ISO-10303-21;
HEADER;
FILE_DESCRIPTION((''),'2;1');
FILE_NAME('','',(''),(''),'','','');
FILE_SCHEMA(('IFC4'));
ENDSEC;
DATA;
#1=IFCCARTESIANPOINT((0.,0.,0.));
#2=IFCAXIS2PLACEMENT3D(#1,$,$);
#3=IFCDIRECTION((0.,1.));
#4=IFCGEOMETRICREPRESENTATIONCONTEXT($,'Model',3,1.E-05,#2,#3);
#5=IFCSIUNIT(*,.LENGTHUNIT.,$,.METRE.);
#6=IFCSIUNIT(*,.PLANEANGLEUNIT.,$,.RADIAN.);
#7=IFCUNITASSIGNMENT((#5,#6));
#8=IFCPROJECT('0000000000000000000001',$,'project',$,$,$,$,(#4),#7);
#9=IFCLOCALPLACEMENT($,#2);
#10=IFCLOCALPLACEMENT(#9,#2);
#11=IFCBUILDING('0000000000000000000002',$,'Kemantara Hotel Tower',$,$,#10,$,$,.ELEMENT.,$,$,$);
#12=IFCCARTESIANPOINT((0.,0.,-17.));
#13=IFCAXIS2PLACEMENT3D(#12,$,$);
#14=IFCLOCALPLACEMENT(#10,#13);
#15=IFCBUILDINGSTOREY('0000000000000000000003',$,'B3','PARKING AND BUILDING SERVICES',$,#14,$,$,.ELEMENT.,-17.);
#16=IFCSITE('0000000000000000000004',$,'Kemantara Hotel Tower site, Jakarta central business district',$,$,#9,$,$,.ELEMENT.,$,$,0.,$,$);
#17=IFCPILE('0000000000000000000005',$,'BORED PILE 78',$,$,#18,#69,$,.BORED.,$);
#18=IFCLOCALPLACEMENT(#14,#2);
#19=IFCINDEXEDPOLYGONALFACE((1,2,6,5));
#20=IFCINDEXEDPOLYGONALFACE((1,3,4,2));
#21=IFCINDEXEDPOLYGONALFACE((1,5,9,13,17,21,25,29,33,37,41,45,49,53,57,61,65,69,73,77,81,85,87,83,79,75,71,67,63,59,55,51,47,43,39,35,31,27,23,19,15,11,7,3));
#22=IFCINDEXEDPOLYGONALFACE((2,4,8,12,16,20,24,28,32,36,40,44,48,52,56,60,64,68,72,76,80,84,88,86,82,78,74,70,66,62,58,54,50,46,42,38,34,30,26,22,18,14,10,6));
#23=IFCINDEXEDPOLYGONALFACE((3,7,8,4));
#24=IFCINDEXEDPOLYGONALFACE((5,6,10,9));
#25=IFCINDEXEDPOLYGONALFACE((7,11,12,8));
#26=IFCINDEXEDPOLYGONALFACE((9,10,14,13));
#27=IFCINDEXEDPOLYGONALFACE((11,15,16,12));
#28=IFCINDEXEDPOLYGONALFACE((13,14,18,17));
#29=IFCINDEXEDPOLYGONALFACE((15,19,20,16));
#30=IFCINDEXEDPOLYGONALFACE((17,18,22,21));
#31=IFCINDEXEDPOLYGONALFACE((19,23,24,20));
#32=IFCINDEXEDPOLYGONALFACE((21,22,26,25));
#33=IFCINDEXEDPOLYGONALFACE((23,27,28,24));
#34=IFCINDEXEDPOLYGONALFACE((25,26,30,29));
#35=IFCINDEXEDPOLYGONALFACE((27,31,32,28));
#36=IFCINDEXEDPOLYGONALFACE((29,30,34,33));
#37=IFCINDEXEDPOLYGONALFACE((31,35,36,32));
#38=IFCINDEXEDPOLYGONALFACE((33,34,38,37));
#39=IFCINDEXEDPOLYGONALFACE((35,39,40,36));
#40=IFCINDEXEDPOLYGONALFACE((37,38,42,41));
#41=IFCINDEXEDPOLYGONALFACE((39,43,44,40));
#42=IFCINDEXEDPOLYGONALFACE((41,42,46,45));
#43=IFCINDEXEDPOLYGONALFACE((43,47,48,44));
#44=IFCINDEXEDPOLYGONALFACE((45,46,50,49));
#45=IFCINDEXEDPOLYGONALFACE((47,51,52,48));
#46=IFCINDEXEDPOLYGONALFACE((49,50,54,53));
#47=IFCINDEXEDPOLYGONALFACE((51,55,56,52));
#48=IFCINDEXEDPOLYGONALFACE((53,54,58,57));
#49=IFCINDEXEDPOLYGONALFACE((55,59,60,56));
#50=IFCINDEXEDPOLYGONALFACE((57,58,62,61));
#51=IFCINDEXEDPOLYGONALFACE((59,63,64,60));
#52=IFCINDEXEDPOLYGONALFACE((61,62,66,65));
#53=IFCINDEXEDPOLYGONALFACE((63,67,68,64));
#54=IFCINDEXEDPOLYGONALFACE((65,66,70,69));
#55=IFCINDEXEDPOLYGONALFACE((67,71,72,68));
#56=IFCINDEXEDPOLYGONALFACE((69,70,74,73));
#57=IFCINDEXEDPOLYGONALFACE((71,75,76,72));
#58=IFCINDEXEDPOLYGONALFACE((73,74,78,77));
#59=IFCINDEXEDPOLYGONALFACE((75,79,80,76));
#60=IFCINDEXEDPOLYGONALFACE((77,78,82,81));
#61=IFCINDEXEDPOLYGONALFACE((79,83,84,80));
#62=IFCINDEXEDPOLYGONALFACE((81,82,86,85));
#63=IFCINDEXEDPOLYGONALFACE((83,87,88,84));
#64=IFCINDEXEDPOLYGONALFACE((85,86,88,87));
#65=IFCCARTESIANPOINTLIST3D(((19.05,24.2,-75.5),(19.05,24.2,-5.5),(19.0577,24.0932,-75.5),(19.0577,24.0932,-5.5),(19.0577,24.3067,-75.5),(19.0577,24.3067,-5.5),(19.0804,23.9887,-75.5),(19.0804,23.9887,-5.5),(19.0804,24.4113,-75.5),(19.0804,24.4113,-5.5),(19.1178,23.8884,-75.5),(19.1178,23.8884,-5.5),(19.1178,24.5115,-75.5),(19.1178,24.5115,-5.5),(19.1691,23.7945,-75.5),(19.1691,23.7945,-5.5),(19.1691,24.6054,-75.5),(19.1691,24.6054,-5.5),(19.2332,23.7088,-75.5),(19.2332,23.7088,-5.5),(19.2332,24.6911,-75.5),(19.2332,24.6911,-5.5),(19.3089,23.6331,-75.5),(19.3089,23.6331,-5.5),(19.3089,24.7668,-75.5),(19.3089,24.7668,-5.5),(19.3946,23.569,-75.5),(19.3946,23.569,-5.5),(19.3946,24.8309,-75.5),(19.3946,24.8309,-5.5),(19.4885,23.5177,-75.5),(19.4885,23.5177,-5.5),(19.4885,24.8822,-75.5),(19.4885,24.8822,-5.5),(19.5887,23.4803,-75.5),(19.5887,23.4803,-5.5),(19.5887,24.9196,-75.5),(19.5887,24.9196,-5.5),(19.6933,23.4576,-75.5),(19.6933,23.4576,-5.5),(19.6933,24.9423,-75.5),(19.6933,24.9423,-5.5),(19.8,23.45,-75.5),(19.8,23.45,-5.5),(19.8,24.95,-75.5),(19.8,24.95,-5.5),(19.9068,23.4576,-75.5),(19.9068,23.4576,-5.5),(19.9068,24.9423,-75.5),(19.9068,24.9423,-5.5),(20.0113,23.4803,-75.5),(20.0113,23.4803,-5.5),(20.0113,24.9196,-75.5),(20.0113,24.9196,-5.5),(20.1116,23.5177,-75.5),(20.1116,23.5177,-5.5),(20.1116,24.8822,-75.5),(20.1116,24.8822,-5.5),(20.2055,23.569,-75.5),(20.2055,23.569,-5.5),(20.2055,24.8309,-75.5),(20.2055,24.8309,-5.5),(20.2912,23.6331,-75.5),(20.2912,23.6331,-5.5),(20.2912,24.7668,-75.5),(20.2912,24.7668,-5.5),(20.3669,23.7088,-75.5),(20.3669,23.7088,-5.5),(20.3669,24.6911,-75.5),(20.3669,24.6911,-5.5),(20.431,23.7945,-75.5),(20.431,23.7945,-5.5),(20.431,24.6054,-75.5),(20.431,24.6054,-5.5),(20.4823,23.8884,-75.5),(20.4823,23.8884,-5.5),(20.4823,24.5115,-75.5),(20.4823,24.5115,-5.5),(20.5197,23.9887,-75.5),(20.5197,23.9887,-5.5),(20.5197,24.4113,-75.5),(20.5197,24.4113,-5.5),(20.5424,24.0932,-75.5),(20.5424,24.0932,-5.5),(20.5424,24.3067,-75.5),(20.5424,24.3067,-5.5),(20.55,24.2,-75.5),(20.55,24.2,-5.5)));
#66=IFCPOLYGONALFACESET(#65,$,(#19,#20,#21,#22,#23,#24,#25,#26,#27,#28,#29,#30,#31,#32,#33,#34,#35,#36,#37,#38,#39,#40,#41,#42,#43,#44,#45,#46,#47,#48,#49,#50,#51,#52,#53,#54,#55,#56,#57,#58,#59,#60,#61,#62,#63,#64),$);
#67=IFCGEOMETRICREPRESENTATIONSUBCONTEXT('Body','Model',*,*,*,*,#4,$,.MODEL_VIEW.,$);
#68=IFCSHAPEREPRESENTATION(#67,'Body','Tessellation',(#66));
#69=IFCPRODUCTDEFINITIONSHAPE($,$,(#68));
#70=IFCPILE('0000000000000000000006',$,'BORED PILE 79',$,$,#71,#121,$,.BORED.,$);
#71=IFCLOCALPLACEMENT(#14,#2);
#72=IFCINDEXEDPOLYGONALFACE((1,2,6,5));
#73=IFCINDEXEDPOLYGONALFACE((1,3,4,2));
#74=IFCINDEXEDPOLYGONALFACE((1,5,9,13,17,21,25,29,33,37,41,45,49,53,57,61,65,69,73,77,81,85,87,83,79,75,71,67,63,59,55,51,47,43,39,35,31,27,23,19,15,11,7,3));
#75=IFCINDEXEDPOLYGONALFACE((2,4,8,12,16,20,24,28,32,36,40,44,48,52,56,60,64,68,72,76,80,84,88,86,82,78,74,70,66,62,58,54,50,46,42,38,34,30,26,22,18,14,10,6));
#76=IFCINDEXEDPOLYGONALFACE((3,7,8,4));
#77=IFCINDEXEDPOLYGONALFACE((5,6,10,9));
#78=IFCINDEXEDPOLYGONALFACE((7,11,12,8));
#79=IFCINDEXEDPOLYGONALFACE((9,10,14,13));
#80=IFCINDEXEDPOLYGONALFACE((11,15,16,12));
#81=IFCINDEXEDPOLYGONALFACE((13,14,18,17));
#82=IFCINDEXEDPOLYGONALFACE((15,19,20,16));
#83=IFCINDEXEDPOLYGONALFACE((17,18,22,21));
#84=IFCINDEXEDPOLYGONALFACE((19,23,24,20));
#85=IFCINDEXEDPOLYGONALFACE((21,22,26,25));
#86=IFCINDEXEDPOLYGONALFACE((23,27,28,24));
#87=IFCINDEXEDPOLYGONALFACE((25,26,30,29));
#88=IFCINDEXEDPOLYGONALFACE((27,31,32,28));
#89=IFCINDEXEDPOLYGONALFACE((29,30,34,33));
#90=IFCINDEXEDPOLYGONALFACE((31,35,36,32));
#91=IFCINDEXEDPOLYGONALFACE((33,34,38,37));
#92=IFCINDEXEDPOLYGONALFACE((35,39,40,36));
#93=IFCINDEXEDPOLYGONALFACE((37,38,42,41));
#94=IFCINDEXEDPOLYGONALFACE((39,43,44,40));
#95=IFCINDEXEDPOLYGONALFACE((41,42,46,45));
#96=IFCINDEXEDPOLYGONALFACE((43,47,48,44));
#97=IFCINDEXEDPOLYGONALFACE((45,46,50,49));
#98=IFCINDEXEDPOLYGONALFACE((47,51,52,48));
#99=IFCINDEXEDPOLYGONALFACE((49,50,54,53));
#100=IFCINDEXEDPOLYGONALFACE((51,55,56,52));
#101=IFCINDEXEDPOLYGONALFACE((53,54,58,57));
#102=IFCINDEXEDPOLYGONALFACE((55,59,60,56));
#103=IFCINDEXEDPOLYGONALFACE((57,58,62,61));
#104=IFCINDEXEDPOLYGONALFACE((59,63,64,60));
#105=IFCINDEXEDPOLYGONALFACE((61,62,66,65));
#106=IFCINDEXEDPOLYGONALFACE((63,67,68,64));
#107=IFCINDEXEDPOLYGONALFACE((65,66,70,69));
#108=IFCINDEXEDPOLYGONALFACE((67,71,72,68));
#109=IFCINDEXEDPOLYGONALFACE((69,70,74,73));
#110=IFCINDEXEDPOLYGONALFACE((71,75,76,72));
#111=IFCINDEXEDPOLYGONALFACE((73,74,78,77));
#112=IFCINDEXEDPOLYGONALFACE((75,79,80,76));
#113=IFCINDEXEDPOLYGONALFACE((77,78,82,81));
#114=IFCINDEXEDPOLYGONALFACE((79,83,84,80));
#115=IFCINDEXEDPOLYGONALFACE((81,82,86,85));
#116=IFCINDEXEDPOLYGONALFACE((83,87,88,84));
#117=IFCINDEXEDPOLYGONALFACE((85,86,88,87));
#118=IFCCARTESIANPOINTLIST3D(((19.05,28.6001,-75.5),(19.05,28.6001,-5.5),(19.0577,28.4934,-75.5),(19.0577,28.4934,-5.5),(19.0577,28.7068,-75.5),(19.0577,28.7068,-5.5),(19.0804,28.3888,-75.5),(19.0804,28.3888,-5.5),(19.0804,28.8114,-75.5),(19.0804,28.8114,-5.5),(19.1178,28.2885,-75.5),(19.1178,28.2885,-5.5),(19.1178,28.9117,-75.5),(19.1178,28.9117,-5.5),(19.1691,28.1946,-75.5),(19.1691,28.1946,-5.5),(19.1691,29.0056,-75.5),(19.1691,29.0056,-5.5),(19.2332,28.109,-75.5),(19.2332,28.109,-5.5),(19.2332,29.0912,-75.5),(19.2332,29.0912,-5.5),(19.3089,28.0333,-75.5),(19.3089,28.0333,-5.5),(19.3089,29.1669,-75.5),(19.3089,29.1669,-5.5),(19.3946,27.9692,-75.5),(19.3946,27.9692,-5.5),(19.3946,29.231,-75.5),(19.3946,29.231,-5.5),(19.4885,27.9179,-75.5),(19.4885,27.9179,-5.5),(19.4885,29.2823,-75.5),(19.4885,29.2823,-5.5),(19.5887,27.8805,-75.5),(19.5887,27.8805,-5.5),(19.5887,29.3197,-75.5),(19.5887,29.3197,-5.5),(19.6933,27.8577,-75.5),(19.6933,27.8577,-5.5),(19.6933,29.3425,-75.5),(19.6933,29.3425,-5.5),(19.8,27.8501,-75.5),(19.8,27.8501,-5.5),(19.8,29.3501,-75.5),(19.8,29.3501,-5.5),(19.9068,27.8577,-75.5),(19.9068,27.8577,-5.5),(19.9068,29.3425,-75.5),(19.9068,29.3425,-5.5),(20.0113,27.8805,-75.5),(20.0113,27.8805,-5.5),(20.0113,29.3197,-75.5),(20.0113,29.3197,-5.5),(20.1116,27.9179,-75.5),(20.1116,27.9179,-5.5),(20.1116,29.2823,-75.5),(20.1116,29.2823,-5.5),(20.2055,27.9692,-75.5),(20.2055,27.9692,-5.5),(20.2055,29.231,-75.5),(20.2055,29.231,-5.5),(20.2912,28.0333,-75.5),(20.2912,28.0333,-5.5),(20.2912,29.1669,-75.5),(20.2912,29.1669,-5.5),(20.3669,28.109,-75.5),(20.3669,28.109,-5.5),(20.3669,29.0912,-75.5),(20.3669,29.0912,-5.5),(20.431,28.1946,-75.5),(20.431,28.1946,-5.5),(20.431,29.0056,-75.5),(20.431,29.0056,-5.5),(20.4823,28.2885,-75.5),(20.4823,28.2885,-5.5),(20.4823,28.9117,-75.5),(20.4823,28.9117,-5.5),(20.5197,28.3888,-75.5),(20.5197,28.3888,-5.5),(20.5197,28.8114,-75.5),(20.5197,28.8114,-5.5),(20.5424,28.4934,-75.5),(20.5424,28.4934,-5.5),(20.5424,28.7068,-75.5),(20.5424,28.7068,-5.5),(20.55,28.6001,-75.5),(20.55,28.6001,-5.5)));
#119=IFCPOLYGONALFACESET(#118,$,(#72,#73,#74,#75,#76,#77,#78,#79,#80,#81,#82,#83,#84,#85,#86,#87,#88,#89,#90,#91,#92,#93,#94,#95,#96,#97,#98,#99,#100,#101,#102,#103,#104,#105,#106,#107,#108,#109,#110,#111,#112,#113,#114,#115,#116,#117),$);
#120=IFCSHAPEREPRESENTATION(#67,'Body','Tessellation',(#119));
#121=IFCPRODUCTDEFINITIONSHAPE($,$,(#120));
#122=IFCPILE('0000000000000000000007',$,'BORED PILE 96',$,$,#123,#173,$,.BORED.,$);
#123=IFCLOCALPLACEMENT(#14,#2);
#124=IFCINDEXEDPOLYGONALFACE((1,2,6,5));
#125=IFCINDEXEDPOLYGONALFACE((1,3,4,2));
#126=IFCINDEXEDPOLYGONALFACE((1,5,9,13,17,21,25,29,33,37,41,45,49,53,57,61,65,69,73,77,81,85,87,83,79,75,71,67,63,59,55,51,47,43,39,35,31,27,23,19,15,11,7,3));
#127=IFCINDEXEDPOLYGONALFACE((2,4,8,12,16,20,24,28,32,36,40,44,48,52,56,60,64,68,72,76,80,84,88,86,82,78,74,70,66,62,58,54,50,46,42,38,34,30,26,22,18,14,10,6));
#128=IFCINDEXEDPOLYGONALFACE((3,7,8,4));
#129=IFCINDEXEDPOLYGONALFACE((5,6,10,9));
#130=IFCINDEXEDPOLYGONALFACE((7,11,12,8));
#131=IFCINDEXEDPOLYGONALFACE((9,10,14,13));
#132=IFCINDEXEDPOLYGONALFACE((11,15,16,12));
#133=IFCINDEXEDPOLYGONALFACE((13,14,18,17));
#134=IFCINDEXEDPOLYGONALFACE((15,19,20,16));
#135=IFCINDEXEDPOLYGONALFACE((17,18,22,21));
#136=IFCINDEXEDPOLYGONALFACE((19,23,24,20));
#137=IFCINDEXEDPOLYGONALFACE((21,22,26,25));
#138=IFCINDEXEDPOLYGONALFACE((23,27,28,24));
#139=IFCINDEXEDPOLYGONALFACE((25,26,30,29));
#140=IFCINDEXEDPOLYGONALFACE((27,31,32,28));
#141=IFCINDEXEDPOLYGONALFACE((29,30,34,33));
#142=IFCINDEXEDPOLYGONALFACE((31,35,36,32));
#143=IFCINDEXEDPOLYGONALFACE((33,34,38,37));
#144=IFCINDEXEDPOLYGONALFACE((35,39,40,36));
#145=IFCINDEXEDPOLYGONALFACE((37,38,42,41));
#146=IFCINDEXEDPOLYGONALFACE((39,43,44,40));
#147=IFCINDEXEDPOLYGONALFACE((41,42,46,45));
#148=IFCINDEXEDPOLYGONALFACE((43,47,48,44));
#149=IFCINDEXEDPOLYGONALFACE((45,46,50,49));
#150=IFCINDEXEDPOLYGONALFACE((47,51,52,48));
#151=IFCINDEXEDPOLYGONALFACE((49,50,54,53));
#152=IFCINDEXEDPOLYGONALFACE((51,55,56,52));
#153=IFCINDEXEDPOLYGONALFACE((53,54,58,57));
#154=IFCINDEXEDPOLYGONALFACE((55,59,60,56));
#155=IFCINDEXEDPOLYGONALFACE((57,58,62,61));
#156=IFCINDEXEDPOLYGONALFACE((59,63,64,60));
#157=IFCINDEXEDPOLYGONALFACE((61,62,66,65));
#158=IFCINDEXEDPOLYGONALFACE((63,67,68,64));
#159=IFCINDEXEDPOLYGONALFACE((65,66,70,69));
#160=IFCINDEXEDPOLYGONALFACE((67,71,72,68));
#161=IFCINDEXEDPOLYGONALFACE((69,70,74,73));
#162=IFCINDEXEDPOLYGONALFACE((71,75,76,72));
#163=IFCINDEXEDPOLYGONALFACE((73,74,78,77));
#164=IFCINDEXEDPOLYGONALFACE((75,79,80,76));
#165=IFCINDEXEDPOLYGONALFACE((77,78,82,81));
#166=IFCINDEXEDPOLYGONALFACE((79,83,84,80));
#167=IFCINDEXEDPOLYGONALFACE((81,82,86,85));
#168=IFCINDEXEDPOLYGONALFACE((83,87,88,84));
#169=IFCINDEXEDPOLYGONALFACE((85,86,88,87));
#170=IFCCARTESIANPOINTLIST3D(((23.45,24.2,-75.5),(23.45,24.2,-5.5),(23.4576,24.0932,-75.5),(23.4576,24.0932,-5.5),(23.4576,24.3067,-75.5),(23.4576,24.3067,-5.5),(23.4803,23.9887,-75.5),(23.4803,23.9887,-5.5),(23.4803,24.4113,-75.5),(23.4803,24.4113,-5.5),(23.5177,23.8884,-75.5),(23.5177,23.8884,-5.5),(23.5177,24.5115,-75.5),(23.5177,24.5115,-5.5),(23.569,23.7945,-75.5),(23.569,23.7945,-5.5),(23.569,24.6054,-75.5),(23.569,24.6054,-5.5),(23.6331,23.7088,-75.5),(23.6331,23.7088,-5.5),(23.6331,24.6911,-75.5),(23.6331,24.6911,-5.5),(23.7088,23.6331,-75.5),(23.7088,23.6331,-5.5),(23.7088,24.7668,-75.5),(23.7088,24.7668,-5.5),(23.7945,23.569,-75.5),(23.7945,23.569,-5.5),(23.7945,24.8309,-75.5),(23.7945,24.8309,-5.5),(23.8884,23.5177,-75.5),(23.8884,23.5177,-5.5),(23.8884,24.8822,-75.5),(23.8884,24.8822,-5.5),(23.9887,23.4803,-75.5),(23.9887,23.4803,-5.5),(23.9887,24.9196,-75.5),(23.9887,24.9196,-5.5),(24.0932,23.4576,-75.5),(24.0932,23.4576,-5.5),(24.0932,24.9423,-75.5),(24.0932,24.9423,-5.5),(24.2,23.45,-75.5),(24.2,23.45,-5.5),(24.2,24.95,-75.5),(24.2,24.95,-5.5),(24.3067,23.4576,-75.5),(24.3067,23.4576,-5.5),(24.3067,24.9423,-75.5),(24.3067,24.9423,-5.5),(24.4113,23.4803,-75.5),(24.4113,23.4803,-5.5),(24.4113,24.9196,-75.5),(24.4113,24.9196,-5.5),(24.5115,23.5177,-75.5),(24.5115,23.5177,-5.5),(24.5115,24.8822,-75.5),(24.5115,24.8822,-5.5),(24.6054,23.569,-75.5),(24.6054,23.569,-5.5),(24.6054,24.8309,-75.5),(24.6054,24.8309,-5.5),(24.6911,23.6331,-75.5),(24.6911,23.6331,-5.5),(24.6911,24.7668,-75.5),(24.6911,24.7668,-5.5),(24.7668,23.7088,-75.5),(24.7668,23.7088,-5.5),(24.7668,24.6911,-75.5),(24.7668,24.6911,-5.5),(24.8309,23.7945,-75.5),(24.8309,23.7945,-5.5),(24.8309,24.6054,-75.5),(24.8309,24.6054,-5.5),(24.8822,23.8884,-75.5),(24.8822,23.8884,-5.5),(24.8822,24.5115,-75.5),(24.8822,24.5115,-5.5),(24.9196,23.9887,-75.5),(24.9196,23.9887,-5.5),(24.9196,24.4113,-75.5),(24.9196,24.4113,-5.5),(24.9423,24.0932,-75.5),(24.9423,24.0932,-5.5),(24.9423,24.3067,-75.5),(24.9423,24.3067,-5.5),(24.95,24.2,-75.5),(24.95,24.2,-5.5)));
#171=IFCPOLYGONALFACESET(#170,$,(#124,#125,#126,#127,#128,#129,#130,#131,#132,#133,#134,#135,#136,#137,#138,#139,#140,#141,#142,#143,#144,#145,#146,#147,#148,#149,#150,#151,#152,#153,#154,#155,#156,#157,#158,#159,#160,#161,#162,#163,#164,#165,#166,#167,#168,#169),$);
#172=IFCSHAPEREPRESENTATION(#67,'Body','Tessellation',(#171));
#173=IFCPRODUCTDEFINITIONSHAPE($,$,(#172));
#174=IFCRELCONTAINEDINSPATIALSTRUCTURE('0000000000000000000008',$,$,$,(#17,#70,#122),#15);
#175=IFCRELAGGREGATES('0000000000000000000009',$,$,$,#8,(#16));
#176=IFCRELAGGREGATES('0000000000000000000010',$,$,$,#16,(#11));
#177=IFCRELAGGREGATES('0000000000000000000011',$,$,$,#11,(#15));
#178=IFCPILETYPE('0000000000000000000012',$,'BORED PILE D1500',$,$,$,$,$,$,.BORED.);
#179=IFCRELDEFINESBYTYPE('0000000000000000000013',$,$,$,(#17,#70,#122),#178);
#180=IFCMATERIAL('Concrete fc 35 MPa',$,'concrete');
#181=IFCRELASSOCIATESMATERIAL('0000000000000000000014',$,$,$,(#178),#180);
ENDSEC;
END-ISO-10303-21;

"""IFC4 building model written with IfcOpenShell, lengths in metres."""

from ifc_helpers import new_model, si_unit, direction, frame, origin, origin_2d, place, context, subcontext, project, spatial, circle, extrude, material, material_profile, profile_set, type_object, element, save


model = new_model("IFC4")

# Units and contexts
model_context = context("Model", 3, precision=1e-05, world=origin(), true_north=direction((0.0, 1.0)))
body_context = subcontext(model_context, "Body", "Model", "MODEL_VIEW")
ifc_project = project(units=[si_unit("LENGTHUNIT", "METRE"), si_unit("PLANEANGLEUNIT", "RADIAN")], contexts=[model_context])

# Site, building, storey
site_placement = place(None, origin())
site = spatial("IfcSite", under=ifc_project, at=site_placement, Name="Kemantara Hotel Tower site, Jakarta central business district", CompositionType="ELEMENT", RefElevation=0.0)
building_placement = place(site_placement, origin())
building = spatial("IfcBuilding", under=site, at=building_placement, Name="Kemantara Hotel Tower", CompositionType="ELEMENT")
storey_placement = place(building_placement, frame((0.0, 0.0, -17.0)))
storey = spatial("IfcBuildingStorey", under=building, at=storey_placement, Name="B3", Description="PARKING AND BUILDING SERVICES", CompositionType="ELEMENT", Elevation=-17.0)

# Piles
ifc_material_1 = material(Name="Concrete fc 35 MPa", Category="concrete")
ifc_material_profile_1 = material_profile(ifc_material_1, circle(Radius=0.75, at=origin_2d()), Name="BORED PILE D1500")
ifc_profile_set_1 = profile_set([ifc_material_profile_1], Name="Concrete fc 35 MPa")
pile_type = type_object("IfcPileType", Name="BORED PILE D1500", PredefinedType="BORED", material=ifc_profile_set_1)
for number, where, z_axis, x_axis, name in (
    (1, (19.8, 24.2, -5.5), (0.0, 0.0, -1.0), (1.0, 0.0, 0.0), "BORED PILE 78"),
    (2, (19.8, 28.6001, -5.5), (0.0, 0.0, -1.0), (1.0, 0.0, 0.0), "BORED PILE 79"),
    (3, (24.2, 24.2, -5.5), (0.0, 0.0, -1.0), (1.0, 0.0, 0.0), "BORED PILE 96"),
):
    element("IfcPile", number, at=place(storey_placement, frame(where, z_axis=z_axis, x_axis=x_axis)), inside=storey, type_object=pile_type, Name=name, PredefinedType="BORED", context=body_context, shape_type="SweptSolid", body=[
        extrude(circle(Radius=0.75, at=origin_2d()), origin(), (0.0, 0.0, 1.0), 70.0),
    ])

save(model, "model.ifc")
